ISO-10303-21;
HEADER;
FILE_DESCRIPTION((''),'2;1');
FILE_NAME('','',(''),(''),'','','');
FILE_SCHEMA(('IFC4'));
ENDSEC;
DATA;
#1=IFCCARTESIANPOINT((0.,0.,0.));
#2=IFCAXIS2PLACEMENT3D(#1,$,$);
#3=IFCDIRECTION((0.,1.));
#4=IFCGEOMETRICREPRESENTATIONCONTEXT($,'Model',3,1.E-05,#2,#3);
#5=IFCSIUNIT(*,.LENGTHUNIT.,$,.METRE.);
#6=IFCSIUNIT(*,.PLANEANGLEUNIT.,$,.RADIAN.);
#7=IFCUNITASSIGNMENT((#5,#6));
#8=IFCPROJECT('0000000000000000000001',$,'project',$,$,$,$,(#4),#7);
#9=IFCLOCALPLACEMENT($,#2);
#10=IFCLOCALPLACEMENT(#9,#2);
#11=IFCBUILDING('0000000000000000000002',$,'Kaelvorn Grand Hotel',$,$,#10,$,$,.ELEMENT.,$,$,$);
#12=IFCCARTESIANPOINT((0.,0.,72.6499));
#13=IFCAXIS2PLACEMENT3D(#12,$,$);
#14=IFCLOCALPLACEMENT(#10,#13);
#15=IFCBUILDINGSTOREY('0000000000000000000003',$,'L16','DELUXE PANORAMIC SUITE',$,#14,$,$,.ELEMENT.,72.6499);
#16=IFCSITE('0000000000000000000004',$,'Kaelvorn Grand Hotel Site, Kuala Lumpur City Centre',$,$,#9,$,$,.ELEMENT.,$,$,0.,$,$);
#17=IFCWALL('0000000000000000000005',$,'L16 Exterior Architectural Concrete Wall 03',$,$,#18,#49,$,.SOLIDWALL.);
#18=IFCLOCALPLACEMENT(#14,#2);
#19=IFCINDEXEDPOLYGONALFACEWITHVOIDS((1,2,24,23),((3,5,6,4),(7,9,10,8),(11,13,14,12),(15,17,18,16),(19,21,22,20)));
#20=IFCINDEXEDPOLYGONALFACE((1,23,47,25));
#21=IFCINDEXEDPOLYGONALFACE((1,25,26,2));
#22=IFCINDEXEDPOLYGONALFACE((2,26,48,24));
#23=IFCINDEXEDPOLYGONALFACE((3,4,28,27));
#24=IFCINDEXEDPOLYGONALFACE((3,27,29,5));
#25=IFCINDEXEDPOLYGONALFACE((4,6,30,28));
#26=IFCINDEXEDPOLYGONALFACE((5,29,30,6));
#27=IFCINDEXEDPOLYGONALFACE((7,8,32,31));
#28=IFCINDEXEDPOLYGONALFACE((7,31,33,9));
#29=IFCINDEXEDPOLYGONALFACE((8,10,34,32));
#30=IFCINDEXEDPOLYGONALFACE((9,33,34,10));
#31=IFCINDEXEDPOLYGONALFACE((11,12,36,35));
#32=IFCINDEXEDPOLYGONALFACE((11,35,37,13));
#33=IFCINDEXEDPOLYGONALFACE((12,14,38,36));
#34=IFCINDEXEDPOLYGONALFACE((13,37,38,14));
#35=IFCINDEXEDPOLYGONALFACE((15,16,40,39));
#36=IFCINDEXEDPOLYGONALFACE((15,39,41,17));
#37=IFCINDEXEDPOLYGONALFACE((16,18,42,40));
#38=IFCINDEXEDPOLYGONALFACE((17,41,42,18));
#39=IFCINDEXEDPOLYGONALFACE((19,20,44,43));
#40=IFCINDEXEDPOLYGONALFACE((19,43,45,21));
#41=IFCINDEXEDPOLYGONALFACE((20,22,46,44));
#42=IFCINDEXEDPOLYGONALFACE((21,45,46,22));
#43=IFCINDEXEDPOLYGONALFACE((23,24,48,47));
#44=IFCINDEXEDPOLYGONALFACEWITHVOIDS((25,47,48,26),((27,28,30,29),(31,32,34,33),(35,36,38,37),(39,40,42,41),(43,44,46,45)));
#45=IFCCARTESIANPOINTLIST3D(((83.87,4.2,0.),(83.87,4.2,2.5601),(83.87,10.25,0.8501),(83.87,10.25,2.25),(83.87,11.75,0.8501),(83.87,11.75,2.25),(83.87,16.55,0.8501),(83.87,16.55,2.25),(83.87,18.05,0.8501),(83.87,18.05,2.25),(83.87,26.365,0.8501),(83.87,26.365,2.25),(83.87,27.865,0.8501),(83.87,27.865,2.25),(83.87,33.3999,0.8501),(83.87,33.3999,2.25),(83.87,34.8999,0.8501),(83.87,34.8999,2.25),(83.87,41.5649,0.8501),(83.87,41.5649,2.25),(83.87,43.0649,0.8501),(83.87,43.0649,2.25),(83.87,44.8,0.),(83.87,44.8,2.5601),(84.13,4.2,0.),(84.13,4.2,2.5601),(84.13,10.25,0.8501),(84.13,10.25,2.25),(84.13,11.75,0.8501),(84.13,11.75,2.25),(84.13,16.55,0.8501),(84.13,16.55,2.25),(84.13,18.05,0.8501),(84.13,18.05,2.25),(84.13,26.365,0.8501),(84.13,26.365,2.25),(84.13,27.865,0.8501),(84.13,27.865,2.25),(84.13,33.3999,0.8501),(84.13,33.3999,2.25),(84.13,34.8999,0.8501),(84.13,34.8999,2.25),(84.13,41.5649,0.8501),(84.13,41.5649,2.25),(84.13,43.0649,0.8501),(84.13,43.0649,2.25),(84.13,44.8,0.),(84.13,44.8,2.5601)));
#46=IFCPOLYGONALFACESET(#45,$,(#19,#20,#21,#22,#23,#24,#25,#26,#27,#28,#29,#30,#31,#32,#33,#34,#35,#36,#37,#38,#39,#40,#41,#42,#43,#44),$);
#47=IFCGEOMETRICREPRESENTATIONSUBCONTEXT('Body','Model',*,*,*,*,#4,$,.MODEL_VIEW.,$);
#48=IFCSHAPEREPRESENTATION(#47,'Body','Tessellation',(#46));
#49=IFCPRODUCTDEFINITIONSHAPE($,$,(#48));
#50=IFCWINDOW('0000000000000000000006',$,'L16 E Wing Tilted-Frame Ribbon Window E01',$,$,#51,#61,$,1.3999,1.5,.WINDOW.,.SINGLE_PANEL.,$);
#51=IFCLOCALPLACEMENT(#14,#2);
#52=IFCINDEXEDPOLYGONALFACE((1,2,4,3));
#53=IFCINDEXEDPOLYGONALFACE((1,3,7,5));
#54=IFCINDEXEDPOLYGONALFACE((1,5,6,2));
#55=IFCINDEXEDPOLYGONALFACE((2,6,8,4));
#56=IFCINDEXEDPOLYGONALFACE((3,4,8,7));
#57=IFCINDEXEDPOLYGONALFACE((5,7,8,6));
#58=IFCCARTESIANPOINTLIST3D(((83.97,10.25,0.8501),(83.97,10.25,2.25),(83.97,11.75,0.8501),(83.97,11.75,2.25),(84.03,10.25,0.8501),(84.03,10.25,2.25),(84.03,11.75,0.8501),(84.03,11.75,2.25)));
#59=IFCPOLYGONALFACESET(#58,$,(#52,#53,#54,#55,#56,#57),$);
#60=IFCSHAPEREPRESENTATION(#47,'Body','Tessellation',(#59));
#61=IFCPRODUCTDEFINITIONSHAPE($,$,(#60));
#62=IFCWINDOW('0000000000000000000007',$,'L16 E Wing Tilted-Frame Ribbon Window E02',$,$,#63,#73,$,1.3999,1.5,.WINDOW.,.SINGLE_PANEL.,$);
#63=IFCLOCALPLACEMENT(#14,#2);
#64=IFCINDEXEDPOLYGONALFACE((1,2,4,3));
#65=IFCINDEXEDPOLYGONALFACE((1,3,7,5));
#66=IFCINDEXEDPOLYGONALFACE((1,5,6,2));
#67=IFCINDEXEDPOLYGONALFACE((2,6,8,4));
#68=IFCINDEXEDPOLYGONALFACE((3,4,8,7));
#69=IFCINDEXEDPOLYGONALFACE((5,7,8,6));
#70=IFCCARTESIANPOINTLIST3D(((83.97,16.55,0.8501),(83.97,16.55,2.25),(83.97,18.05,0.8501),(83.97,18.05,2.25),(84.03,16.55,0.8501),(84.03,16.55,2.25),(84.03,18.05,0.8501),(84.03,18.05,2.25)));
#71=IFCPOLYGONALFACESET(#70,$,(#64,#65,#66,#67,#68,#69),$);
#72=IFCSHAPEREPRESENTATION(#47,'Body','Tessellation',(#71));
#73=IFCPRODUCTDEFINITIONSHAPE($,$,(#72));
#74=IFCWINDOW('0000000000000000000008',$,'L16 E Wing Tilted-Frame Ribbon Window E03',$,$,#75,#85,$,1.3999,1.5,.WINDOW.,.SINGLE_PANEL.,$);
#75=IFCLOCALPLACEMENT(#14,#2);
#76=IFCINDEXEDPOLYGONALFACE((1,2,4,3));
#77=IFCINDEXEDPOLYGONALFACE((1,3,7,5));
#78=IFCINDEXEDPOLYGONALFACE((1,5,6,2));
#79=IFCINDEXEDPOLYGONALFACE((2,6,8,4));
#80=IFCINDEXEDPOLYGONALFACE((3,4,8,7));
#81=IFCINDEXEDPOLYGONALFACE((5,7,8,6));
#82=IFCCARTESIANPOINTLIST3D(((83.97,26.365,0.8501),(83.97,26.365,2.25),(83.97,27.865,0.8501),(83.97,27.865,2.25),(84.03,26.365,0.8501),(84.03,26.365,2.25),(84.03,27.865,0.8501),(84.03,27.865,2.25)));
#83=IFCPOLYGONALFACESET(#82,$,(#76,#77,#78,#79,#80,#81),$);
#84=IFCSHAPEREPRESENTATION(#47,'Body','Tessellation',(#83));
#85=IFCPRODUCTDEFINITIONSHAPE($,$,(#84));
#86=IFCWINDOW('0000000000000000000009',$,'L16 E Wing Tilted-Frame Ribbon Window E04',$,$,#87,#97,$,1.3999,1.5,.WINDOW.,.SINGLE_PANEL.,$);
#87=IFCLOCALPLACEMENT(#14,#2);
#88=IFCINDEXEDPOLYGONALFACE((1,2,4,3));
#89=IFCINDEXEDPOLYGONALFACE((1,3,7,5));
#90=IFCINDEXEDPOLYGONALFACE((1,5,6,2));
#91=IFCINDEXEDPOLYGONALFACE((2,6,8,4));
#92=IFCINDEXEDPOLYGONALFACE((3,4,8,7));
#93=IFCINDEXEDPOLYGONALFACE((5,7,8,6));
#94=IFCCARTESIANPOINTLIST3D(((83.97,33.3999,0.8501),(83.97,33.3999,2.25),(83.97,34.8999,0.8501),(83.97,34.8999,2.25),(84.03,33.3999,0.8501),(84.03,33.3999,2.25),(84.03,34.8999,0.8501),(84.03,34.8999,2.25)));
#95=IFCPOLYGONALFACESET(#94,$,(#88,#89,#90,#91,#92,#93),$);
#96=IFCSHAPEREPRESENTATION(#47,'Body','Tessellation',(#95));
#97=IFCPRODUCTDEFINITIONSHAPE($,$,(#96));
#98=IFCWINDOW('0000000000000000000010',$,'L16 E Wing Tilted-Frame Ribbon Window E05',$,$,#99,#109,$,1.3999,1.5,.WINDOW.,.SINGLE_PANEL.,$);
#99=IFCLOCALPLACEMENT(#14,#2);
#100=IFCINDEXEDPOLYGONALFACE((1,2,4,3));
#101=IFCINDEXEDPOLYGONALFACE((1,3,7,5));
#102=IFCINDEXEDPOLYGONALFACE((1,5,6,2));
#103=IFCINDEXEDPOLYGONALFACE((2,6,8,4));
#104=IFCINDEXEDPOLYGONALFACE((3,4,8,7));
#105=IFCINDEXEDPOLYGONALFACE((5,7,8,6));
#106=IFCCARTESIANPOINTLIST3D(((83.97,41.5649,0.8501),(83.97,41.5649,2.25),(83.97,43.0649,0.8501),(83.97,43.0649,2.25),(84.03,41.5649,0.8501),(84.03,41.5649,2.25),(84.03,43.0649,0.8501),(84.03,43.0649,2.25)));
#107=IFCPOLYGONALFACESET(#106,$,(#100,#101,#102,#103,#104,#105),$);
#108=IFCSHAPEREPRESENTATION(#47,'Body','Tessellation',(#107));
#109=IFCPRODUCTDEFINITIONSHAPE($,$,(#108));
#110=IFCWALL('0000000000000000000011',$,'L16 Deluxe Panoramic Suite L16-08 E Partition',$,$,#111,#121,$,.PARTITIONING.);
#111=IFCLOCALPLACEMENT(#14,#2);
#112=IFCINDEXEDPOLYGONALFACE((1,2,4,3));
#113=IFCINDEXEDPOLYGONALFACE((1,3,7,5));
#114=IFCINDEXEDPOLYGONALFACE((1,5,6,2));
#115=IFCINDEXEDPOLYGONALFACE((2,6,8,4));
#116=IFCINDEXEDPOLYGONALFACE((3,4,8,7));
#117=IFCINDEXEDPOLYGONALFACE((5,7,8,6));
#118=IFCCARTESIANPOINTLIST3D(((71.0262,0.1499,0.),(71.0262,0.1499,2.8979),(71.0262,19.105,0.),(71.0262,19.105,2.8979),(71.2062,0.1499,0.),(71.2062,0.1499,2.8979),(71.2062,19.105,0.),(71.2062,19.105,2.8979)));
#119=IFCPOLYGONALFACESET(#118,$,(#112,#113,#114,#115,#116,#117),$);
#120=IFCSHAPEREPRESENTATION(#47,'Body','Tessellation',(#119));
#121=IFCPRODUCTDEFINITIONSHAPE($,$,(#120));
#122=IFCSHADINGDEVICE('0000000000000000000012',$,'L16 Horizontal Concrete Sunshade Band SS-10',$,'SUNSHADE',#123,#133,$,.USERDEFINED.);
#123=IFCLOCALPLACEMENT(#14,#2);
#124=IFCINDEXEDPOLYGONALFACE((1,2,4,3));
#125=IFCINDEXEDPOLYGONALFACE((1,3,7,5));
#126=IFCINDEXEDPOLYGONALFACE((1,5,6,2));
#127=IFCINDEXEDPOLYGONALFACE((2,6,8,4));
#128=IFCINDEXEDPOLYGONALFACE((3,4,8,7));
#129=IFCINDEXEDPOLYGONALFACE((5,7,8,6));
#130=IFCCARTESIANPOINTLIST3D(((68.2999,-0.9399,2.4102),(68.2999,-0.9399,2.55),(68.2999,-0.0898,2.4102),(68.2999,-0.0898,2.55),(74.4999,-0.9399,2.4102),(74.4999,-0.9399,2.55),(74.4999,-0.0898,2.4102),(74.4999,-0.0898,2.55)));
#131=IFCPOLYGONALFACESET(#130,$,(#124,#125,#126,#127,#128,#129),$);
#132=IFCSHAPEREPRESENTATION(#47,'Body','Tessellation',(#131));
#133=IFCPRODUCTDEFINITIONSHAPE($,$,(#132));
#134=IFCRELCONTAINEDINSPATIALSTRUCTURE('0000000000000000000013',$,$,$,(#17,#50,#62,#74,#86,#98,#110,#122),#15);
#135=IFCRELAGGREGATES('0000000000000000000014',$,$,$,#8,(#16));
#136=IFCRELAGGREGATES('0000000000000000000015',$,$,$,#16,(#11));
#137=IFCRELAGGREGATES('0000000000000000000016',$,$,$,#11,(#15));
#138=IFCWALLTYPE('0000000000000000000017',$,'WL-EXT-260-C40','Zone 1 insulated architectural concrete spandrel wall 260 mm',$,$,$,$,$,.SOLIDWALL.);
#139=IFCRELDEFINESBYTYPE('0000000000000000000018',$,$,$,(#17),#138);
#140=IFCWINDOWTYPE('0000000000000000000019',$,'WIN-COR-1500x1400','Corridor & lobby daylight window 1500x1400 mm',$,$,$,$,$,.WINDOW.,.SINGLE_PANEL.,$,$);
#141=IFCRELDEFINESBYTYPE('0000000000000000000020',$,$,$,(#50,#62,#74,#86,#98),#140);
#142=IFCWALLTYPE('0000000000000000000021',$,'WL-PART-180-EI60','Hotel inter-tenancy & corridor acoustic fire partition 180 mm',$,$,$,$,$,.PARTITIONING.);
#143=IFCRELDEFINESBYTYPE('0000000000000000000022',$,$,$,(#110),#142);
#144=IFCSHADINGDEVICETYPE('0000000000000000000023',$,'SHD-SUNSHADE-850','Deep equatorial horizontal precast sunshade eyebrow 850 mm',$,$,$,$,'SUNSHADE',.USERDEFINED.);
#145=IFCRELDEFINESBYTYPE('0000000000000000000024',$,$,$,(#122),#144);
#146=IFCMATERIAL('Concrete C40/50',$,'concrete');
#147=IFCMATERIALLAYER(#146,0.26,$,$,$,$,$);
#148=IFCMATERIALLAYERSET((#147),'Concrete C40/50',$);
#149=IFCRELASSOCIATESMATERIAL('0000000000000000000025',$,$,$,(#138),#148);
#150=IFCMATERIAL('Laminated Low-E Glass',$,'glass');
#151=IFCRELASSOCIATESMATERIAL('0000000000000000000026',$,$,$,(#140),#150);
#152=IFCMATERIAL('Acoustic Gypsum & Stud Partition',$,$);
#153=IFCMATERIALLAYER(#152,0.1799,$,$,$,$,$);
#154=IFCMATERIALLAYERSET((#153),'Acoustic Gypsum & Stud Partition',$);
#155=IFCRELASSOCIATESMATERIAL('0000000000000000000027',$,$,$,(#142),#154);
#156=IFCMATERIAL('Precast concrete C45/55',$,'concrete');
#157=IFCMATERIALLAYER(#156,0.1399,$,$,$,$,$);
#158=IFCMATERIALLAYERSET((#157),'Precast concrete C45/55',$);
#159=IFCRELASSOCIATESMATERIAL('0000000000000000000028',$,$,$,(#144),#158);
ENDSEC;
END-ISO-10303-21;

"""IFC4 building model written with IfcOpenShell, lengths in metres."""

from ifc_helpers import new_model, si_unit, direction, frame, frame_2d, origin, origin_2d, place, context, subcontext, project, spatial, rectangle, extrude, material, layer, layer_set, type_object, element, fill, save


model = new_model("IFC4")

# Units and contexts
model_context = context("Model", 3, precision=1e-05, world=origin(), true_north=direction((0.0, 1.0)))
body_context = subcontext(model_context, "Body", "Model", "MODEL_VIEW")
ifc_project = project(units=[si_unit("LENGTHUNIT", "METRE"), si_unit("PLANEANGLEUNIT", "RADIAN")], contexts=[model_context])

# Site, building, storey
site_placement = place(None, origin())
site = spatial("IfcSite", under=ifc_project, at=site_placement, Name="Kaelvorn Grand Hotel Site, Kuala Lumpur City Centre", CompositionType="ELEMENT", RefElevation=0.0)
building_placement = place(site_placement, origin())
building = spatial("IfcBuilding", under=site, at=building_placement, Name="Kaelvorn Grand Hotel", CompositionType="ELEMENT")
storey_placement = place(building_placement, frame((0.0, 0.0, 72.6499)))
storey = spatial("IfcBuildingStorey", under=building, at=storey_placement, Name="L16", Description="DELUXE PANORAMIC SUITE", CompositionType="ELEMENT", Elevation=72.6499)

# Shared definitions
ifc_material_1 = material(Name="Concrete C40/50", Category="concrete")

# Shared definitions
ifc_material_2 = material(Name="Precast concrete C45/55", Category="concrete")

# Shared definitions
ifc_layer_1 = layer(ifc_material_1, 0.26)
ifc_layer_set_1 = layer_set([ifc_layer_1], Name="Concrete C40/50")
wall_type_1 = type_object("IfcWallType", Name="WL-EXT-260-C40", Description="Zone 1 insulated architectural concrete spandrel wall 260 mm", PredefinedType="SOLIDWALL", material=ifc_layer_set_1)

# Wall, openings, windows
wall_1_placement = place(storey_placement, frame((84.0, 4.2, 0.0), z_axis=(0.0, 0.0, 1.0), x_axis=(0.0, 1.0, 0.0)))
wall_1 = element("IfcWall", 1, at=wall_1_placement, inside=storey, type_object=wall_type_1, Name="L16 Exterior Architectural Concrete Wall 03", PredefinedType="SOLIDWALL", context=body_context, shape_type="SweptSolid", body=[
    extrude(rectangle(XDim=40.6001, YDim=0.26, at=frame_2d((20.3, 0.0))), origin(), (0.0, 0.0, 1.0), 2.5601),
])
opening_1_placement = place(wall_1_placement, frame((6.05, 0.0, 0.8501)))
opening_1 = element("IfcOpeningElement", 2, at=opening_1_placement, cuts=wall_1, PredefinedType="OPENING", context=body_context, shape_type="SweptSolid", body=[
    extrude(rectangle(XDim=1.5, YDim=1.3999, at=frame_2d((0.75, 0.7))), frame((0.0, 0.1401, 0.0), z_axis=(0.0, -1.0, 0.0), x_axis=(1.0, 0.0, 0.0)), (0.0, 0.0, 1.0), 0.28),
])
opening_2_placement = place(wall_1_placement, frame((12.3501, 0.0, 0.8501)))
opening_2 = element("IfcOpeningElement", 3, at=opening_2_placement, cuts=wall_1, PredefinedType="OPENING", context=body_context, shape_type="SweptSolid", body=[
    extrude(rectangle(XDim=1.5, YDim=1.3999, at=frame_2d((0.75, 0.7))), frame((0.0, 0.1401, 0.0), z_axis=(0.0, -1.0, 0.0), x_axis=(1.0, 0.0, 0.0)), (0.0, 0.0, 1.0), 0.28),
])
opening_3_placement = place(wall_1_placement, frame((22.165, 0.0, 0.8501)))
opening_3 = element("IfcOpeningElement", 4, at=opening_3_placement, cuts=wall_1, PredefinedType="OPENING", context=body_context, shape_type="SweptSolid", body=[
    extrude(rectangle(XDim=1.5, YDim=1.3999, at=frame_2d((0.75, 0.7))), frame((0.0, 0.1401, 0.0), z_axis=(0.0, -1.0, 0.0), x_axis=(1.0, 0.0, 0.0)), (0.0, 0.0, 1.0), 0.28),
])
opening_4_placement = place(wall_1_placement, frame((29.2, 0.0, 0.8501)))
opening_4 = element("IfcOpeningElement", 5, at=opening_4_placement, cuts=wall_1, PredefinedType="OPENING", context=body_context, shape_type="SweptSolid", body=[
    extrude(rectangle(XDim=1.5, YDim=1.3999, at=frame_2d((0.75, 0.7))), frame((0.0, 0.1401, 0.0), z_axis=(0.0, -1.0, 0.0), x_axis=(1.0, 0.0, 0.0)), (0.0, 0.0, 1.0), 0.28),
])
opening_5_placement = place(wall_1_placement, frame((37.365, 0.0, 0.8501)))
opening_5 = element("IfcOpeningElement", 6, at=opening_5_placement, cuts=wall_1, PredefinedType="OPENING", context=body_context, shape_type="SweptSolid", body=[
    extrude(rectangle(XDim=1.5, YDim=1.3999, at=frame_2d((0.75, 0.7))), frame((0.0, 0.1401, 0.0), z_axis=(0.0, -1.0, 0.0), x_axis=(1.0, 0.0, 0.0)), (0.0, 0.0, 1.0), 0.28),
])
ifc_material_3 = material(Name="Laminated Low-E Glass", Category="glass")
window_type = type_object("IfcWindowType", Name="WIN-COR-1500x1400", Description="Corridor & lobby daylight window 1500x1400 mm", PartitioningType="SINGLE_PANEL", PredefinedType="WINDOW", material=ifc_material_3)
window_1_placement = place(opening_1_placement, origin())
window_1 = element("IfcWindow", 7, at=window_1_placement, inside=storey, type_object=window_type, Name="L16 E Wing Tilted-Frame Ribbon Window E01", OverallHeight=1.3999, OverallWidth=1.5, PartitioningType="SINGLE_PANEL", PredefinedType="WINDOW", context=body_context, shape_type="SweptSolid", body=[
    extrude(rectangle(XDim=1.5, YDim=1.3999, at=frame_2d((0.75, 0.7))), frame((0.0, 0.03, 0.0), z_axis=(0.0, -1.0, 0.0), x_axis=(1.0, 0.0, 0.0)), (0.0, 0.0, 1.0), 0.0601),
])
fill(opening_1, window_1)
window_2_placement = place(opening_2_placement, origin())
window_2 = element("IfcWindow", 8, at=window_2_placement, inside=storey, type_object=window_type, Name="L16 E Wing Tilted-Frame Ribbon Window E02", OverallHeight=1.3999, OverallWidth=1.5, PartitioningType="SINGLE_PANEL", PredefinedType="WINDOW", context=body_context, shape_type="SweptSolid", body=[
    extrude(rectangle(XDim=1.5, YDim=1.3999, at=frame_2d((0.75, 0.7))), frame((0.0, 0.03, 0.0), z_axis=(0.0, -1.0, 0.0), x_axis=(1.0, 0.0, 0.0)), (0.0, 0.0, 1.0), 0.0601),
])
fill(opening_2, window_2)
window_3_placement = place(opening_3_placement, origin())
window_3 = element("IfcWindow", 9, at=window_3_placement, inside=storey, type_object=window_type, Name="L16 E Wing Tilted-Frame Ribbon Window E03", OverallHeight=1.3999, OverallWidth=1.5, PartitioningType="SINGLE_PANEL", PredefinedType="WINDOW", context=body_context, shape_type="SweptSolid", body=[
    extrude(rectangle(XDim=1.5, YDim=1.3999, at=frame_2d((0.75, 0.7))), frame((0.0, 0.03, 0.0), z_axis=(0.0, -1.0, 0.0), x_axis=(1.0, 0.0, 0.0)), (0.0, 0.0, 1.0), 0.0601),
])
fill(opening_3, window_3)
window_4_placement = place(opening_4_placement, origin())
window_4 = element("IfcWindow", 10, at=window_4_placement, inside=storey, type_object=window_type, Name="L16 E Wing Tilted-Frame Ribbon Window E04", OverallHeight=1.3999, OverallWidth=1.5, PartitioningType="SINGLE_PANEL", PredefinedType="WINDOW", context=body_context, shape_type="SweptSolid", body=[
    extrude(rectangle(XDim=1.5, YDim=1.3999, at=frame_2d((0.75, 0.7))), frame((0.0, 0.03, 0.0), z_axis=(0.0, -1.0, 0.0), x_axis=(1.0, 0.0, 0.0)), (0.0, 0.0, 1.0), 0.0601),
])
fill(opening_4, window_4)
window_5_placement = place(opening_5_placement, origin())
window_5 = element("IfcWindow", 11, at=window_5_placement, inside=storey, type_object=window_type, Name="L16 E Wing Tilted-Frame Ribbon Window E05", OverallHeight=1.3999, OverallWidth=1.5, PartitioningType="SINGLE_PANEL", PredefinedType="WINDOW", context=body_context, shape_type="SweptSolid", body=[
    extrude(rectangle(XDim=1.5, YDim=1.3999, at=frame_2d((0.75, 0.7))), frame((0.0, 0.03, 0.0), z_axis=(0.0, -1.0, 0.0), x_axis=(1.0, 0.0, 0.0)), (0.0, 0.0, 1.0), 0.0601),
])
fill(opening_5, window_5)

# Wall
ifc_material_4 = material(Name="Acoustic Gypsum & Stud Partition")
ifc_layer_2 = layer(ifc_material_4, 0.1799)
ifc_layer_set_2 = layer_set([ifc_layer_2], Name="Acoustic Gypsum & Stud Partition")
wall_type_2 = type_object("IfcWallType", Name="WL-PART-180-EI60", Description="Hotel inter-tenancy & corridor acoustic fire partition 180 mm", PredefinedType="PARTITIONING", material=ifc_layer_set_2)
wall_2_placement = place(storey_placement, frame((71.1162, 0.1499, 0.0), z_axis=(0.0, 0.0, 1.0), x_axis=(0.0, 1.0, 0.0)))
element("IfcWall", 12, at=wall_2_placement, inside=storey, type_object=wall_type_2, Name="L16 Deluxe Panoramic Suite L16-08 E Partition", PredefinedType="PARTITIONING", context=body_context, shape_type="SweptSolid", body=[
    extrude(rectangle(XDim=18.9551, YDim=0.1799, at=frame_2d((9.4775, 0.0))), origin(), (0.0, 0.0, 1.0), 2.8979),
])

# Shading device
ifc_layer_3 = layer(ifc_material_2, 0.1399)
ifc_layer_set_3 = layer_set([ifc_layer_3], Name="Precast concrete C45/55")
shading_device_type = type_object("IfcShadingDeviceType", Name="SHD-SUNSHADE-850", Description="Deep equatorial horizontal precast sunshade eyebrow 850 mm", ElementType="SUNSHADE", PredefinedType="USERDEFINED", material=ifc_layer_set_3)
shading_device_placement = place(storey_placement, frame((71.3999, -0.5149, 2.4102), z_axis=(0.0, 0.0, 1.0), x_axis=(1.0, 0.0, 0.0)))
element("IfcShadingDevice", 13, at=shading_device_placement, inside=storey, type_object=shading_device_type, Name="L16 Horizontal Concrete Sunshade Band SS-10", ObjectType="SUNSHADE", PredefinedType="USERDEFINED", context=body_context, shape_type="SweptSolid", body=[
    extrude(rectangle(XDim=6.2, YDim=0.8501, at=origin_2d()), origin(), (0.0, 0.0, 1.0), 0.1399),
])

save(model, "model.ifc")
